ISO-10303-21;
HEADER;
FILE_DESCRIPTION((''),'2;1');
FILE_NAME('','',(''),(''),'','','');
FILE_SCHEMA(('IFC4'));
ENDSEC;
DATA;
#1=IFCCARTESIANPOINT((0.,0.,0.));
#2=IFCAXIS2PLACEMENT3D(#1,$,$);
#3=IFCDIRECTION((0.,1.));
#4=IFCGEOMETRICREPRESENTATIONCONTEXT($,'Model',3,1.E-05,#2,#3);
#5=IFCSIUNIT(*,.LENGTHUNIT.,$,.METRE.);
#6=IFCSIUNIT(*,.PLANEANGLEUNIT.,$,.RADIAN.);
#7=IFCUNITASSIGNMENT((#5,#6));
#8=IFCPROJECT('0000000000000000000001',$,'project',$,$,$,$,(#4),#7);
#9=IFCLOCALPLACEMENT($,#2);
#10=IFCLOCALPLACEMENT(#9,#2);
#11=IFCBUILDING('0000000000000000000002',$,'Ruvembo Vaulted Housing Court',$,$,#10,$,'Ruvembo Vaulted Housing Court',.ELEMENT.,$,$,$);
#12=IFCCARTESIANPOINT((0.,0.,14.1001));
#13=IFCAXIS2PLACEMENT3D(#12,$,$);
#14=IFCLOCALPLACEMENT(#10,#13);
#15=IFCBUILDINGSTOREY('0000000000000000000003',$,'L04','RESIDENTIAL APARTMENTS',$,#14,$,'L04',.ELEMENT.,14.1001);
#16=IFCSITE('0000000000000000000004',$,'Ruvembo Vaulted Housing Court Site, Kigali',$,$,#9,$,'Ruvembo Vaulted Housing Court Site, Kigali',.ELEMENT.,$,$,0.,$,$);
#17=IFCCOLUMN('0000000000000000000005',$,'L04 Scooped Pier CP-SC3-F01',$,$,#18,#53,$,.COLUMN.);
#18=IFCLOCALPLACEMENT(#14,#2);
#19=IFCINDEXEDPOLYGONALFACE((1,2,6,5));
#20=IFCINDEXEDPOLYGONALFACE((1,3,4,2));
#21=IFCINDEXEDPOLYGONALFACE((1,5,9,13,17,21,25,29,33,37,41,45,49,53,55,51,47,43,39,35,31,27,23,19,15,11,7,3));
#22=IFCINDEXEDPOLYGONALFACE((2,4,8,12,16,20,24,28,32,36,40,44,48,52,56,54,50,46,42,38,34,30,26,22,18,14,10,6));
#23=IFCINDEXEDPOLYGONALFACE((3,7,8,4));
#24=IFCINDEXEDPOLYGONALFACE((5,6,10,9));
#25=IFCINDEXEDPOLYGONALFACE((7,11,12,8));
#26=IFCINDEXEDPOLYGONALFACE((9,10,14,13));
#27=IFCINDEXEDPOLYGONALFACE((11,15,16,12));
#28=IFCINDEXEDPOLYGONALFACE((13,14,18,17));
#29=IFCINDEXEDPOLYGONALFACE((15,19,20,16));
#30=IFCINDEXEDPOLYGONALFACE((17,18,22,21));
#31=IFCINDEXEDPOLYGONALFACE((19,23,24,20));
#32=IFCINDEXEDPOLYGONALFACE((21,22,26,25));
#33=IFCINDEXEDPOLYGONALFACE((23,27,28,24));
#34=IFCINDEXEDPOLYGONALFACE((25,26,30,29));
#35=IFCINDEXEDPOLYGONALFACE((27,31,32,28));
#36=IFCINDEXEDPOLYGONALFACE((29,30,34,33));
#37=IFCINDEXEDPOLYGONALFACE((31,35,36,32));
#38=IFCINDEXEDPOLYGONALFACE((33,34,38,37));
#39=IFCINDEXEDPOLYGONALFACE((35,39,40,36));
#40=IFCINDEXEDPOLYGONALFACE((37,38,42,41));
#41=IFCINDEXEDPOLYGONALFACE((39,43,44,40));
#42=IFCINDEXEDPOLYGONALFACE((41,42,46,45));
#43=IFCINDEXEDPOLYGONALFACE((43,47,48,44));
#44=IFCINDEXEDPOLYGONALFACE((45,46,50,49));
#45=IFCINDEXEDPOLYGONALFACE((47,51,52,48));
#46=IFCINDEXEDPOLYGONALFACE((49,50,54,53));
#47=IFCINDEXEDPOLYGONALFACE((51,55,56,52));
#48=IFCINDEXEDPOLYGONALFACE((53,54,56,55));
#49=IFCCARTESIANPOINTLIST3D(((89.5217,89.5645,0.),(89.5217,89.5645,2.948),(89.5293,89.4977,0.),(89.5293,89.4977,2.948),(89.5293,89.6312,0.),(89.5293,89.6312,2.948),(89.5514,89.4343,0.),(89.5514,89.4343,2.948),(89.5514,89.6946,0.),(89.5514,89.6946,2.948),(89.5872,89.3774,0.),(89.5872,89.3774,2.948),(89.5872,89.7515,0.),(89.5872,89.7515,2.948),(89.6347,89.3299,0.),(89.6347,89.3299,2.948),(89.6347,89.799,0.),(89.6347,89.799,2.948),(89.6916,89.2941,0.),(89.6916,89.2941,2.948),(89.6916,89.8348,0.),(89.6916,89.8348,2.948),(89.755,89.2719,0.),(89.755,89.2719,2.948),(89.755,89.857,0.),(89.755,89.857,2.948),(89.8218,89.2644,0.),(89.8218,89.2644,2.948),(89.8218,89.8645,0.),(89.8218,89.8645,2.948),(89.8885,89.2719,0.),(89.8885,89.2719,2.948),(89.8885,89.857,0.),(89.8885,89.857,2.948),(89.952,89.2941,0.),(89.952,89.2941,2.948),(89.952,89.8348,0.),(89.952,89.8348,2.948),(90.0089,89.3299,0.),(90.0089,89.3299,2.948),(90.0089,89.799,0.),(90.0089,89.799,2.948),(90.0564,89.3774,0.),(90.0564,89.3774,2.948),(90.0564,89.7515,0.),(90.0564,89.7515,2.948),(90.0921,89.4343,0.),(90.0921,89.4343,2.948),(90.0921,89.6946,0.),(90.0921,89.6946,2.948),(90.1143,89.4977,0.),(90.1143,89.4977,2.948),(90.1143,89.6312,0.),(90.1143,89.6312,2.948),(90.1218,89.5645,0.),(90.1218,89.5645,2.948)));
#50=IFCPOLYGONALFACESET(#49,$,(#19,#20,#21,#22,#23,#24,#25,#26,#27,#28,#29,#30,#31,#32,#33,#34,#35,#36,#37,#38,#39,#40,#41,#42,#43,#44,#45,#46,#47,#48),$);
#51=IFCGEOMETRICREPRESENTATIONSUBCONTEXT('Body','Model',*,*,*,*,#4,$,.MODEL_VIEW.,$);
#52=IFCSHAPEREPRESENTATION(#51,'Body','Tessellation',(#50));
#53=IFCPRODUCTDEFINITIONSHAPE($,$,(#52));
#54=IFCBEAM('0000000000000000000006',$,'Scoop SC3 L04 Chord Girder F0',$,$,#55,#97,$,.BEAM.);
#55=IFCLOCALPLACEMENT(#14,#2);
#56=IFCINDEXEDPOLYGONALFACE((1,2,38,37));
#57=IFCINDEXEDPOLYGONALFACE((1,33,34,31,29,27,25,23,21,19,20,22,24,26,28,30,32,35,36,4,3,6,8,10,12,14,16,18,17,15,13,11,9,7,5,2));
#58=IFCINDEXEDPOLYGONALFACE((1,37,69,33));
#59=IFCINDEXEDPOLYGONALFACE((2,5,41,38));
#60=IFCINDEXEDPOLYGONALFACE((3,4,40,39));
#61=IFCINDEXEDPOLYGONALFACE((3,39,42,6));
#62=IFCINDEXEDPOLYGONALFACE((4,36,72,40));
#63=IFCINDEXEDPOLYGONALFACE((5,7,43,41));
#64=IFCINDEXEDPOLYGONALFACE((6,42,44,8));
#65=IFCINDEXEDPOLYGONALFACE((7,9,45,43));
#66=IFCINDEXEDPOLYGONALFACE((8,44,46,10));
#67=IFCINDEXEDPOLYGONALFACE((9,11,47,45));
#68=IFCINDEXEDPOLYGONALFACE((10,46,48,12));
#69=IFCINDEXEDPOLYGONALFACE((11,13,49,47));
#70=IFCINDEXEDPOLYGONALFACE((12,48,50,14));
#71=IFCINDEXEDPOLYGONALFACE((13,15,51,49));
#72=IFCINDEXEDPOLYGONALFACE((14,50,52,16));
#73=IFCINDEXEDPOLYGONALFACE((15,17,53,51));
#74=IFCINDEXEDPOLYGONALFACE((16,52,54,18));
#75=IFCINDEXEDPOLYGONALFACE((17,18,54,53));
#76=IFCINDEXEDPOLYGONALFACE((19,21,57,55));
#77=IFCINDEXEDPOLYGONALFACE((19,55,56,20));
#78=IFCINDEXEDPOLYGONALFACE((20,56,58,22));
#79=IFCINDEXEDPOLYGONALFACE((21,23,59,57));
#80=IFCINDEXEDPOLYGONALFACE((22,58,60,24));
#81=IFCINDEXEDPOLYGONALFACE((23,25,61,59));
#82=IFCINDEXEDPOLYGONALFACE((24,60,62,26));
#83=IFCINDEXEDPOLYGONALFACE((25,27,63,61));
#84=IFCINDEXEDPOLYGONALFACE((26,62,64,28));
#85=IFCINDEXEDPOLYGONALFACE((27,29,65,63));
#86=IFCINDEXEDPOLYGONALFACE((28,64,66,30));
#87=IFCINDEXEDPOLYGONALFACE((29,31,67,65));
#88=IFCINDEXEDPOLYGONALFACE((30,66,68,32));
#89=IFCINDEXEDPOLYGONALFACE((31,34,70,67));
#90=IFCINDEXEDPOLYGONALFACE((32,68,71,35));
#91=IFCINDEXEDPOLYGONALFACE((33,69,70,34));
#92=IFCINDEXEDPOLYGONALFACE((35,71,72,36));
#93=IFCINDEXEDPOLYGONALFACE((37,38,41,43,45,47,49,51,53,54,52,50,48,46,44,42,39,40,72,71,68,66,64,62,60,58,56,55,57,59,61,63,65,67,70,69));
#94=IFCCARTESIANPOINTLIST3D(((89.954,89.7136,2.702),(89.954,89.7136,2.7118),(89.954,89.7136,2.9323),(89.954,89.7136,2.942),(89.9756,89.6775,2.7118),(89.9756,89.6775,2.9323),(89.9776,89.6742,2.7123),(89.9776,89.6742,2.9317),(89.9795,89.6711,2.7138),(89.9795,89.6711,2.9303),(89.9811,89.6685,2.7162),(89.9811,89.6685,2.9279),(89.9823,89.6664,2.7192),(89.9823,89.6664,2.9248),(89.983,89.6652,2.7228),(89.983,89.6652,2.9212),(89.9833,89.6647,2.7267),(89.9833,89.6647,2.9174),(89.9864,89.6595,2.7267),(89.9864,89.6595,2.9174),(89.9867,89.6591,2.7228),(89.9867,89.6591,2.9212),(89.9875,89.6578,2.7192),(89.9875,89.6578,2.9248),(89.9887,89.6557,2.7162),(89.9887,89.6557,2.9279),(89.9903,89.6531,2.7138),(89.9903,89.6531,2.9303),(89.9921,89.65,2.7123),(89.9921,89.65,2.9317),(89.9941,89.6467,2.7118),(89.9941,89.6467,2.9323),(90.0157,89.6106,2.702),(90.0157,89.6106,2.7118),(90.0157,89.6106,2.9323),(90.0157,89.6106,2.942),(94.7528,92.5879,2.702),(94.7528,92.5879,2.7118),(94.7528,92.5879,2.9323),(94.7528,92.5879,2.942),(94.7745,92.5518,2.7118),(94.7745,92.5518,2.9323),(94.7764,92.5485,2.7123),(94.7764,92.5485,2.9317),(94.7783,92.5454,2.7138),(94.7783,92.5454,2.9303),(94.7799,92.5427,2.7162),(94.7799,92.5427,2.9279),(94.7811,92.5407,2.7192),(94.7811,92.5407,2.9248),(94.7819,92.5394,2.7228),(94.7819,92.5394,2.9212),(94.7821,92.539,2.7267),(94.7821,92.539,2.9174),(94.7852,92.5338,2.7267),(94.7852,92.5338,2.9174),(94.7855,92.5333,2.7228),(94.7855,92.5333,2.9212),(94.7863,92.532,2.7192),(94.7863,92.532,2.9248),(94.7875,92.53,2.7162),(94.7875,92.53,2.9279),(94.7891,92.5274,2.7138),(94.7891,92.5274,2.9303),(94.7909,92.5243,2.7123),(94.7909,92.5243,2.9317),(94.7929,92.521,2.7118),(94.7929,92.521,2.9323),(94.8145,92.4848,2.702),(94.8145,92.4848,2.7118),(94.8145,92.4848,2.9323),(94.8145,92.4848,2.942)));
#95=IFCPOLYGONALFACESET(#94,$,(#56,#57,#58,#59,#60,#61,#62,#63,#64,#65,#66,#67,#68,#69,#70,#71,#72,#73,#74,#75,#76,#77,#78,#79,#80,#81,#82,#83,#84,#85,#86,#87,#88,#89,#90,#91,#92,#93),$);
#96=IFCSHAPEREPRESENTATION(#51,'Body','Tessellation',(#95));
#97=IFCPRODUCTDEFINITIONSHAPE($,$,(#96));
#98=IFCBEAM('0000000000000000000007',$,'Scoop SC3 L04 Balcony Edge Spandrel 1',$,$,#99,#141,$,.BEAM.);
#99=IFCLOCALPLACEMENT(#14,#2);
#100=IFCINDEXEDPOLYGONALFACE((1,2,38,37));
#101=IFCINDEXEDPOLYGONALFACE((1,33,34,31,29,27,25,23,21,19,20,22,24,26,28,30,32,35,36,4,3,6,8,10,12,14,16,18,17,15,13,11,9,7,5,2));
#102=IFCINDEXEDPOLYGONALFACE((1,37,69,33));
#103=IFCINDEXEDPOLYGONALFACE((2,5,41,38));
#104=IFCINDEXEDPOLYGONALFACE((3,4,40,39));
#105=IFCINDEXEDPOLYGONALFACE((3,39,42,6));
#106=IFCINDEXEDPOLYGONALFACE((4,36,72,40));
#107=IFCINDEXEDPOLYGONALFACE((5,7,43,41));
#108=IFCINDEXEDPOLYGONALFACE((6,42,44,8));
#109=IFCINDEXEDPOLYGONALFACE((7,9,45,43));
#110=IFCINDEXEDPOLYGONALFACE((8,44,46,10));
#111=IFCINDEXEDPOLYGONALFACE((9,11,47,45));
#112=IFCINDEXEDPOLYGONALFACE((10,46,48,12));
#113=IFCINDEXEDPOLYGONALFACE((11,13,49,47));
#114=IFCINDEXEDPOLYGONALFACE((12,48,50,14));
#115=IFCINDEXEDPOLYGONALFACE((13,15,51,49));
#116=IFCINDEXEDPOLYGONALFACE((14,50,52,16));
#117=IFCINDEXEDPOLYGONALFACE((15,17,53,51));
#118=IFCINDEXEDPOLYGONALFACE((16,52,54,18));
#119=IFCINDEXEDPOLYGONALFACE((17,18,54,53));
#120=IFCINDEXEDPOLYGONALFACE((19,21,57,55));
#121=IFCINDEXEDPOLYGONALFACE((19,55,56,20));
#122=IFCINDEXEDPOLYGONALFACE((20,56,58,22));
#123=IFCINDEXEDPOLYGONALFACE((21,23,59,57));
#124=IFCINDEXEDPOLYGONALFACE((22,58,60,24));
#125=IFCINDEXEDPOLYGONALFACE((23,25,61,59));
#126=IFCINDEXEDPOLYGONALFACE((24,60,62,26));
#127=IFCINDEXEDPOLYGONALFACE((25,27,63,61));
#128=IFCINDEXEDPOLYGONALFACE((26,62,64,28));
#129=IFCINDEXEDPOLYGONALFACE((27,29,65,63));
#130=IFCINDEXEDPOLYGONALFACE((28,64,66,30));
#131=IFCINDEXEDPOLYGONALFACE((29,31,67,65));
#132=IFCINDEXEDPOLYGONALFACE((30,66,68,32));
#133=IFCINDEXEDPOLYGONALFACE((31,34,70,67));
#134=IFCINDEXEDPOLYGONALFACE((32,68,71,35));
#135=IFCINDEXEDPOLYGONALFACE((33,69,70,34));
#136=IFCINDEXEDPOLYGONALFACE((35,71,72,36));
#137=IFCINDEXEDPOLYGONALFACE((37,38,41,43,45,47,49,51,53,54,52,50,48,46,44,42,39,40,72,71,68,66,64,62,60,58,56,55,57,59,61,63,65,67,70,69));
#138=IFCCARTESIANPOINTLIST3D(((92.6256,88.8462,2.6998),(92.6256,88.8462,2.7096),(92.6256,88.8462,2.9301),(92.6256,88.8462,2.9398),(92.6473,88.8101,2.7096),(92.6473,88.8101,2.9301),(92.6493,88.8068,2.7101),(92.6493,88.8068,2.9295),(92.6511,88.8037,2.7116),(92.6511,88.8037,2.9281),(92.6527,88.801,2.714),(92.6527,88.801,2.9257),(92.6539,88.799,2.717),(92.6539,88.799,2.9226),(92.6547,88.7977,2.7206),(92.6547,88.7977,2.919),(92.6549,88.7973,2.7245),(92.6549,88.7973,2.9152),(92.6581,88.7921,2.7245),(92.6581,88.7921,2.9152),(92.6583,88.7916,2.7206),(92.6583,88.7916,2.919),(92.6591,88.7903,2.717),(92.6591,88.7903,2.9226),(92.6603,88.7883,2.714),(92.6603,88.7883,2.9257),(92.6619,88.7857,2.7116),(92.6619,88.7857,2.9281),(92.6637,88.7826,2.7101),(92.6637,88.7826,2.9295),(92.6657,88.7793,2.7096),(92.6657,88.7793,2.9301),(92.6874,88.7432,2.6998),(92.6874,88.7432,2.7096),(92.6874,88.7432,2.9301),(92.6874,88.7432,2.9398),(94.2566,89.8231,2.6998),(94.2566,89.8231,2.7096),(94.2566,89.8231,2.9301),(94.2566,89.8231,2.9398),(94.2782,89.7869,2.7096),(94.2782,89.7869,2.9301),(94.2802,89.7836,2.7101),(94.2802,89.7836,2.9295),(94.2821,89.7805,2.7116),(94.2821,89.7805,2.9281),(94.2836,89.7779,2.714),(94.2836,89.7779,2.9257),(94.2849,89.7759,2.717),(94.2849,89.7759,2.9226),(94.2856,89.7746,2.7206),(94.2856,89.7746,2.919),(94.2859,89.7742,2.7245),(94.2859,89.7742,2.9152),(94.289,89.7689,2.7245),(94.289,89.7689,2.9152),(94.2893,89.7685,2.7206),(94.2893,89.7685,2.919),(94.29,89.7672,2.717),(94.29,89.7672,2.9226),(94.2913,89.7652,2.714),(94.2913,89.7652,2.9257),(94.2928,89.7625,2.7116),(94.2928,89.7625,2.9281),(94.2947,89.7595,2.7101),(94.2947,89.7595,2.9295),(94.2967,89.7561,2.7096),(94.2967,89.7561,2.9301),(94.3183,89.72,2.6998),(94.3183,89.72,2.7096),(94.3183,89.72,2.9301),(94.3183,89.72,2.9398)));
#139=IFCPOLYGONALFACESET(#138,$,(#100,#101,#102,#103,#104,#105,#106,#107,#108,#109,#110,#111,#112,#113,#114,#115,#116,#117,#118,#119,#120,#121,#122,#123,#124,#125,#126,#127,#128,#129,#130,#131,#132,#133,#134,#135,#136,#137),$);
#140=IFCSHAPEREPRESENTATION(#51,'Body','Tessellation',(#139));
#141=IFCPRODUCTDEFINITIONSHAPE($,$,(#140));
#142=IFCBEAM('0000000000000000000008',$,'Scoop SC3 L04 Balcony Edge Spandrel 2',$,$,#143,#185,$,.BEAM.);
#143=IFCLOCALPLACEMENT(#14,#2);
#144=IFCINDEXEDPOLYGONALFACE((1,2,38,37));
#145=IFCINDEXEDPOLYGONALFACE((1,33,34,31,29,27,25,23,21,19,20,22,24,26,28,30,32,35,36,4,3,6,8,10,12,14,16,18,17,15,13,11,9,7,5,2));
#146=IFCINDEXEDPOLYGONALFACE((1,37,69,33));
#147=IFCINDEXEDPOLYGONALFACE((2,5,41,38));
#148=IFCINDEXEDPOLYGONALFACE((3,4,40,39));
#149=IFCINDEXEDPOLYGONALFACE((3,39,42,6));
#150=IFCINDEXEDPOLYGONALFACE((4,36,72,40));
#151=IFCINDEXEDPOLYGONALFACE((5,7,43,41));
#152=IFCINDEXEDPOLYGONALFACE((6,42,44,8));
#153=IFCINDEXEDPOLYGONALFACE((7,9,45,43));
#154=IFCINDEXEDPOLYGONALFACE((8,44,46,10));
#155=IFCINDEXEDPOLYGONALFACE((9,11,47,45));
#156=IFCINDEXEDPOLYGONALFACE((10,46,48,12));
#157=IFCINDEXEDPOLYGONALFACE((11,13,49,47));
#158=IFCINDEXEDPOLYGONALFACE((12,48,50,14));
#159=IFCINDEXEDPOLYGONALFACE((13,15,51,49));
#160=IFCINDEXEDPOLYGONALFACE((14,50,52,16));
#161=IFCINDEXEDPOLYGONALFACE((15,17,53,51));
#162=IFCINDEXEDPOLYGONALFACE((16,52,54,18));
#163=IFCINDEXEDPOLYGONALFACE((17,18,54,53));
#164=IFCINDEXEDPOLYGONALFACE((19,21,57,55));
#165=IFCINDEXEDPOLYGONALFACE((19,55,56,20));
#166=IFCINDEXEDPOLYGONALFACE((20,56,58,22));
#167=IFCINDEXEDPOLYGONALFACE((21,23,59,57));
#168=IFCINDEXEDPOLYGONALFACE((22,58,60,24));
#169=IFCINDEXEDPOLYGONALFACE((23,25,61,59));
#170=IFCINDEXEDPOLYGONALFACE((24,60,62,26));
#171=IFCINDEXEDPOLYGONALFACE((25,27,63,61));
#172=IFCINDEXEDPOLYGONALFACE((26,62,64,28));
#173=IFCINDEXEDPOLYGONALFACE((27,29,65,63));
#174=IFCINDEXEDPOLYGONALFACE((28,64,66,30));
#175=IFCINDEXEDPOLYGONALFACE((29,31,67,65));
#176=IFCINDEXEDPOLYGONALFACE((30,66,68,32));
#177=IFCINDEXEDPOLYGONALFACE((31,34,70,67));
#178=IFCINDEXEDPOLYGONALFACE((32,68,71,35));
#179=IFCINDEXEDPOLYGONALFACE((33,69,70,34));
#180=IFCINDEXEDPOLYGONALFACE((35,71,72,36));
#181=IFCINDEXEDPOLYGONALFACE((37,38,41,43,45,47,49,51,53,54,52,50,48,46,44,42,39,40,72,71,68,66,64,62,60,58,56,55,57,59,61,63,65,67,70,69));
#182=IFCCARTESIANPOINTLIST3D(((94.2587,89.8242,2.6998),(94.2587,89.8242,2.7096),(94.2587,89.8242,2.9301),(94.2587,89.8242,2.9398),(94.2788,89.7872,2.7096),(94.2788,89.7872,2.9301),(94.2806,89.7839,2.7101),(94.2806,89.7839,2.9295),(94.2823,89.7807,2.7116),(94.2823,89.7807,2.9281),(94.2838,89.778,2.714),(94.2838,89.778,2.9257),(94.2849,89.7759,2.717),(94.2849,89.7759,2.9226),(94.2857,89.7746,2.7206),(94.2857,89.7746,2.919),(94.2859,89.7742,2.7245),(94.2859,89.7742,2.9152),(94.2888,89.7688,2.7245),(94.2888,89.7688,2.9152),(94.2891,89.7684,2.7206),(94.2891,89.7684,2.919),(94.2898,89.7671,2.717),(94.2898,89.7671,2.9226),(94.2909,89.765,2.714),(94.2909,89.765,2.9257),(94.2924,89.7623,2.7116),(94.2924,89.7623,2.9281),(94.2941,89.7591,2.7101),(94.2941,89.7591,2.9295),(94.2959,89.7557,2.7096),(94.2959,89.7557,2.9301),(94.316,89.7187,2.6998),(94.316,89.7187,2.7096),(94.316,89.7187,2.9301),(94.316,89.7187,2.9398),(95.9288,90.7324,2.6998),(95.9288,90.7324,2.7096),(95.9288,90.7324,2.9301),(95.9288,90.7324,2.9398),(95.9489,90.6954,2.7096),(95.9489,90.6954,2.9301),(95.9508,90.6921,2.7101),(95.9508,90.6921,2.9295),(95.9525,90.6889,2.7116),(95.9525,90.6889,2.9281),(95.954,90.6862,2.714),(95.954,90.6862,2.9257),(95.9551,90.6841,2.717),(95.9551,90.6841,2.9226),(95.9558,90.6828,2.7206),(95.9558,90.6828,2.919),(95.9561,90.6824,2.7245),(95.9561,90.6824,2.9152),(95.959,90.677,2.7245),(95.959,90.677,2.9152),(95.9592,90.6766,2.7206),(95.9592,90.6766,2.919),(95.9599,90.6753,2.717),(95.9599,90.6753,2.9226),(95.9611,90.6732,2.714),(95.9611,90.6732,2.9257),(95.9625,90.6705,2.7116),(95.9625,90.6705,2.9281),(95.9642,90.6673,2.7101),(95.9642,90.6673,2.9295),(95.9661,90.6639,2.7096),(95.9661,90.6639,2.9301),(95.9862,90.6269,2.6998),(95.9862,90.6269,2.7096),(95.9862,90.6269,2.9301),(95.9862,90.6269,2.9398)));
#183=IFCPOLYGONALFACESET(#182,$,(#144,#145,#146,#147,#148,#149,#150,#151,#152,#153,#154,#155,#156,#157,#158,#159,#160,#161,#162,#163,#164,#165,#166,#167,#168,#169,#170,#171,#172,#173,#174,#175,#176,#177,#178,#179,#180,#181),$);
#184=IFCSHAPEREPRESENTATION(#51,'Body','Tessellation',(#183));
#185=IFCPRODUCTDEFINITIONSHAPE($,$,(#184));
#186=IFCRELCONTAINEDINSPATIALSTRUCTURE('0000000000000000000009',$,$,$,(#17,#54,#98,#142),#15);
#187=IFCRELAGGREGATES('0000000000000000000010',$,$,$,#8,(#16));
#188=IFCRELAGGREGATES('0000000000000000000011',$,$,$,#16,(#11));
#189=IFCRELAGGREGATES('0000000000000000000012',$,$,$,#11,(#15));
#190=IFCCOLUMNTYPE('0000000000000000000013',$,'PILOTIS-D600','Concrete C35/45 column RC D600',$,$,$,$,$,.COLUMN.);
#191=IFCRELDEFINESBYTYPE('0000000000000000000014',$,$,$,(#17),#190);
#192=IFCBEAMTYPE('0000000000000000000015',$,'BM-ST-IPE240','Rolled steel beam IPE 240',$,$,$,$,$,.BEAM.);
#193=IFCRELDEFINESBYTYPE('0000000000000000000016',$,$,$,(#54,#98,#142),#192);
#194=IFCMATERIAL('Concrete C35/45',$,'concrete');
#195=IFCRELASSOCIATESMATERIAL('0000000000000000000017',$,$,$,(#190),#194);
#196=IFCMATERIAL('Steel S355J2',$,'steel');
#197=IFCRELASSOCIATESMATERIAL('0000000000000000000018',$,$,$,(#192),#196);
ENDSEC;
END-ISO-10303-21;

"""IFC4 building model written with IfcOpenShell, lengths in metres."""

from ifc_helpers import new_model, si_unit, direction, frame, origin, origin_2d, place, context, subcontext, project, spatial, circle, i_section, extrude, material, material_profile, profile_set, type_object, element, save


model = new_model("IFC4")

# Units and contexts
model_context = context("Model", 3, precision=1e-05, world=origin(), true_north=direction((0.0, 1.0)))
body_context = subcontext(model_context, "Body", "Model", "MODEL_VIEW")
ifc_project = project(units=[si_unit("LENGTHUNIT", "METRE"), si_unit("PLANEANGLEUNIT", "RADIAN")], contexts=[model_context])

# Site, building, storey
site_placement = place(None, origin())
site = spatial("IfcSite", under=ifc_project, at=site_placement, Name="Ruvembo Vaulted Housing Court Site, Kigali", LongName="Ruvembo Vaulted Housing Court Site, Kigali", CompositionType="ELEMENT", RefElevation=0.0)
building_placement = place(site_placement, origin())
building = spatial("IfcBuilding", under=site, at=building_placement, Name="Ruvembo Vaulted Housing Court", LongName="Ruvembo Vaulted Housing Court", CompositionType="ELEMENT")
storey_placement = place(building_placement, frame((0.0, 0.0, 14.1001)))
storey = spatial("IfcBuildingStorey", under=building, at=storey_placement, Name="L04", Description="RESIDENTIAL APARTMENTS", LongName="L04", CompositionType="ELEMENT", Elevation=14.1001)

# Column
ifc_material_1 = material(Name="Concrete C35/45", Category="concrete")
ifc_material_profile_1 = material_profile(ifc_material_1, circle(Radius=0.3, at=origin_2d()), Name="RC D600")
ifc_profile_set_1 = profile_set([ifc_material_profile_1], Name="Concrete C35/45")
column_type = type_object("IfcColumnType", Name="PILOTIS-D600", Description="Concrete C35/45 column RC D600", PredefinedType="COLUMN", material=ifc_profile_set_1)
column_placement = place(storey_placement, frame((89.8218, 89.5645, 0.0), z_axis=(0.0, 0.0, 1.0), x_axis=(1.0, 0.0, 0.0)))
element("IfcColumn", 1, at=column_placement, inside=storey, type_object=column_type, Name="L04 Scooped Pier CP-SC3-F01", PredefinedType="COLUMN", context=body_context, shape_type="SweptSolid", body=[
    extrude(circle(Radius=0.3, at=origin_2d()), origin(), (0.0, 0.0, 1.0), 2.948),
])

# Beams
ifc_material_2 = material(Name="Steel S355J2", Category="steel")
ifc_material_profile_2 = material_profile(ifc_material_2, i_section(OverallWidth=0.1201, OverallDepth=0.24, WebThickness=0.0061, FlangeThickness=0.0098, FilletRadius=0.0149, at=origin_2d()), Name="IPE 240")
ifc_profile_set_2 = profile_set([ifc_material_profile_2], Name="Steel S355J2")
beam_type = type_object("IfcBeamType", Name="BM-ST-IPE240", Description="Rolled steel beam IPE 240", PredefinedType="BEAM", material=ifc_profile_set_2)
beam_placement = place(storey_placement, frame((89.9849, 89.6621, 2.822), z_axis=(0.857889, 0.513835, 0.0), x_axis=(-0.513835, 0.857889, 0.0)))
element("IfcBeam", 2, at=beam_placement, inside=storey, type_object=beam_type, Name="Scoop SC3 L04 Chord Girder F0", PredefinedType="BEAM", context=body_context, shape_type="SweptSolid", body=[
    extrude(i_section(OverallWidth=0.1201, OverallDepth=0.24, WebThickness=0.0061, FlangeThickness=0.0098, FilletRadius=0.0149, at=origin_2d()), origin(), (0.0, 0.0, 1.0), 5.5938),
])
for number, where, z_axis, x_axis, name in (
    (3, (92.6565, 88.7947, 2.8198), (0.857889, 0.513835, 0.0), (-0.513835, 0.857889, 0.0), "Scoop SC3 L04 Balcony Edge Spandrel 1"),
    (4, (94.2874, 89.7715, 2.8198), (0.878513, 0.477718, 0.0), (-0.477718, 0.878513, 0.0), "Scoop SC3 L04 Balcony Edge Spandrel 2"),
):
    element("IfcBeam", number, at=place(storey_placement, frame(where, z_axis=z_axis, x_axis=x_axis)), inside=storey, type_object=beam_type, Name=name, PredefinedType="BEAM", context=body_context, shape_type="SweptSolid", body=[
        extrude(i_section(OverallWidth=0.1201, OverallDepth=0.24, WebThickness=0.0061, FlangeThickness=0.0098, FilletRadius=0.0149, at=origin_2d()), origin(), (0.0, 0.0, 1.0), 1.9011),
    ])

save(model, "model.ifc")
